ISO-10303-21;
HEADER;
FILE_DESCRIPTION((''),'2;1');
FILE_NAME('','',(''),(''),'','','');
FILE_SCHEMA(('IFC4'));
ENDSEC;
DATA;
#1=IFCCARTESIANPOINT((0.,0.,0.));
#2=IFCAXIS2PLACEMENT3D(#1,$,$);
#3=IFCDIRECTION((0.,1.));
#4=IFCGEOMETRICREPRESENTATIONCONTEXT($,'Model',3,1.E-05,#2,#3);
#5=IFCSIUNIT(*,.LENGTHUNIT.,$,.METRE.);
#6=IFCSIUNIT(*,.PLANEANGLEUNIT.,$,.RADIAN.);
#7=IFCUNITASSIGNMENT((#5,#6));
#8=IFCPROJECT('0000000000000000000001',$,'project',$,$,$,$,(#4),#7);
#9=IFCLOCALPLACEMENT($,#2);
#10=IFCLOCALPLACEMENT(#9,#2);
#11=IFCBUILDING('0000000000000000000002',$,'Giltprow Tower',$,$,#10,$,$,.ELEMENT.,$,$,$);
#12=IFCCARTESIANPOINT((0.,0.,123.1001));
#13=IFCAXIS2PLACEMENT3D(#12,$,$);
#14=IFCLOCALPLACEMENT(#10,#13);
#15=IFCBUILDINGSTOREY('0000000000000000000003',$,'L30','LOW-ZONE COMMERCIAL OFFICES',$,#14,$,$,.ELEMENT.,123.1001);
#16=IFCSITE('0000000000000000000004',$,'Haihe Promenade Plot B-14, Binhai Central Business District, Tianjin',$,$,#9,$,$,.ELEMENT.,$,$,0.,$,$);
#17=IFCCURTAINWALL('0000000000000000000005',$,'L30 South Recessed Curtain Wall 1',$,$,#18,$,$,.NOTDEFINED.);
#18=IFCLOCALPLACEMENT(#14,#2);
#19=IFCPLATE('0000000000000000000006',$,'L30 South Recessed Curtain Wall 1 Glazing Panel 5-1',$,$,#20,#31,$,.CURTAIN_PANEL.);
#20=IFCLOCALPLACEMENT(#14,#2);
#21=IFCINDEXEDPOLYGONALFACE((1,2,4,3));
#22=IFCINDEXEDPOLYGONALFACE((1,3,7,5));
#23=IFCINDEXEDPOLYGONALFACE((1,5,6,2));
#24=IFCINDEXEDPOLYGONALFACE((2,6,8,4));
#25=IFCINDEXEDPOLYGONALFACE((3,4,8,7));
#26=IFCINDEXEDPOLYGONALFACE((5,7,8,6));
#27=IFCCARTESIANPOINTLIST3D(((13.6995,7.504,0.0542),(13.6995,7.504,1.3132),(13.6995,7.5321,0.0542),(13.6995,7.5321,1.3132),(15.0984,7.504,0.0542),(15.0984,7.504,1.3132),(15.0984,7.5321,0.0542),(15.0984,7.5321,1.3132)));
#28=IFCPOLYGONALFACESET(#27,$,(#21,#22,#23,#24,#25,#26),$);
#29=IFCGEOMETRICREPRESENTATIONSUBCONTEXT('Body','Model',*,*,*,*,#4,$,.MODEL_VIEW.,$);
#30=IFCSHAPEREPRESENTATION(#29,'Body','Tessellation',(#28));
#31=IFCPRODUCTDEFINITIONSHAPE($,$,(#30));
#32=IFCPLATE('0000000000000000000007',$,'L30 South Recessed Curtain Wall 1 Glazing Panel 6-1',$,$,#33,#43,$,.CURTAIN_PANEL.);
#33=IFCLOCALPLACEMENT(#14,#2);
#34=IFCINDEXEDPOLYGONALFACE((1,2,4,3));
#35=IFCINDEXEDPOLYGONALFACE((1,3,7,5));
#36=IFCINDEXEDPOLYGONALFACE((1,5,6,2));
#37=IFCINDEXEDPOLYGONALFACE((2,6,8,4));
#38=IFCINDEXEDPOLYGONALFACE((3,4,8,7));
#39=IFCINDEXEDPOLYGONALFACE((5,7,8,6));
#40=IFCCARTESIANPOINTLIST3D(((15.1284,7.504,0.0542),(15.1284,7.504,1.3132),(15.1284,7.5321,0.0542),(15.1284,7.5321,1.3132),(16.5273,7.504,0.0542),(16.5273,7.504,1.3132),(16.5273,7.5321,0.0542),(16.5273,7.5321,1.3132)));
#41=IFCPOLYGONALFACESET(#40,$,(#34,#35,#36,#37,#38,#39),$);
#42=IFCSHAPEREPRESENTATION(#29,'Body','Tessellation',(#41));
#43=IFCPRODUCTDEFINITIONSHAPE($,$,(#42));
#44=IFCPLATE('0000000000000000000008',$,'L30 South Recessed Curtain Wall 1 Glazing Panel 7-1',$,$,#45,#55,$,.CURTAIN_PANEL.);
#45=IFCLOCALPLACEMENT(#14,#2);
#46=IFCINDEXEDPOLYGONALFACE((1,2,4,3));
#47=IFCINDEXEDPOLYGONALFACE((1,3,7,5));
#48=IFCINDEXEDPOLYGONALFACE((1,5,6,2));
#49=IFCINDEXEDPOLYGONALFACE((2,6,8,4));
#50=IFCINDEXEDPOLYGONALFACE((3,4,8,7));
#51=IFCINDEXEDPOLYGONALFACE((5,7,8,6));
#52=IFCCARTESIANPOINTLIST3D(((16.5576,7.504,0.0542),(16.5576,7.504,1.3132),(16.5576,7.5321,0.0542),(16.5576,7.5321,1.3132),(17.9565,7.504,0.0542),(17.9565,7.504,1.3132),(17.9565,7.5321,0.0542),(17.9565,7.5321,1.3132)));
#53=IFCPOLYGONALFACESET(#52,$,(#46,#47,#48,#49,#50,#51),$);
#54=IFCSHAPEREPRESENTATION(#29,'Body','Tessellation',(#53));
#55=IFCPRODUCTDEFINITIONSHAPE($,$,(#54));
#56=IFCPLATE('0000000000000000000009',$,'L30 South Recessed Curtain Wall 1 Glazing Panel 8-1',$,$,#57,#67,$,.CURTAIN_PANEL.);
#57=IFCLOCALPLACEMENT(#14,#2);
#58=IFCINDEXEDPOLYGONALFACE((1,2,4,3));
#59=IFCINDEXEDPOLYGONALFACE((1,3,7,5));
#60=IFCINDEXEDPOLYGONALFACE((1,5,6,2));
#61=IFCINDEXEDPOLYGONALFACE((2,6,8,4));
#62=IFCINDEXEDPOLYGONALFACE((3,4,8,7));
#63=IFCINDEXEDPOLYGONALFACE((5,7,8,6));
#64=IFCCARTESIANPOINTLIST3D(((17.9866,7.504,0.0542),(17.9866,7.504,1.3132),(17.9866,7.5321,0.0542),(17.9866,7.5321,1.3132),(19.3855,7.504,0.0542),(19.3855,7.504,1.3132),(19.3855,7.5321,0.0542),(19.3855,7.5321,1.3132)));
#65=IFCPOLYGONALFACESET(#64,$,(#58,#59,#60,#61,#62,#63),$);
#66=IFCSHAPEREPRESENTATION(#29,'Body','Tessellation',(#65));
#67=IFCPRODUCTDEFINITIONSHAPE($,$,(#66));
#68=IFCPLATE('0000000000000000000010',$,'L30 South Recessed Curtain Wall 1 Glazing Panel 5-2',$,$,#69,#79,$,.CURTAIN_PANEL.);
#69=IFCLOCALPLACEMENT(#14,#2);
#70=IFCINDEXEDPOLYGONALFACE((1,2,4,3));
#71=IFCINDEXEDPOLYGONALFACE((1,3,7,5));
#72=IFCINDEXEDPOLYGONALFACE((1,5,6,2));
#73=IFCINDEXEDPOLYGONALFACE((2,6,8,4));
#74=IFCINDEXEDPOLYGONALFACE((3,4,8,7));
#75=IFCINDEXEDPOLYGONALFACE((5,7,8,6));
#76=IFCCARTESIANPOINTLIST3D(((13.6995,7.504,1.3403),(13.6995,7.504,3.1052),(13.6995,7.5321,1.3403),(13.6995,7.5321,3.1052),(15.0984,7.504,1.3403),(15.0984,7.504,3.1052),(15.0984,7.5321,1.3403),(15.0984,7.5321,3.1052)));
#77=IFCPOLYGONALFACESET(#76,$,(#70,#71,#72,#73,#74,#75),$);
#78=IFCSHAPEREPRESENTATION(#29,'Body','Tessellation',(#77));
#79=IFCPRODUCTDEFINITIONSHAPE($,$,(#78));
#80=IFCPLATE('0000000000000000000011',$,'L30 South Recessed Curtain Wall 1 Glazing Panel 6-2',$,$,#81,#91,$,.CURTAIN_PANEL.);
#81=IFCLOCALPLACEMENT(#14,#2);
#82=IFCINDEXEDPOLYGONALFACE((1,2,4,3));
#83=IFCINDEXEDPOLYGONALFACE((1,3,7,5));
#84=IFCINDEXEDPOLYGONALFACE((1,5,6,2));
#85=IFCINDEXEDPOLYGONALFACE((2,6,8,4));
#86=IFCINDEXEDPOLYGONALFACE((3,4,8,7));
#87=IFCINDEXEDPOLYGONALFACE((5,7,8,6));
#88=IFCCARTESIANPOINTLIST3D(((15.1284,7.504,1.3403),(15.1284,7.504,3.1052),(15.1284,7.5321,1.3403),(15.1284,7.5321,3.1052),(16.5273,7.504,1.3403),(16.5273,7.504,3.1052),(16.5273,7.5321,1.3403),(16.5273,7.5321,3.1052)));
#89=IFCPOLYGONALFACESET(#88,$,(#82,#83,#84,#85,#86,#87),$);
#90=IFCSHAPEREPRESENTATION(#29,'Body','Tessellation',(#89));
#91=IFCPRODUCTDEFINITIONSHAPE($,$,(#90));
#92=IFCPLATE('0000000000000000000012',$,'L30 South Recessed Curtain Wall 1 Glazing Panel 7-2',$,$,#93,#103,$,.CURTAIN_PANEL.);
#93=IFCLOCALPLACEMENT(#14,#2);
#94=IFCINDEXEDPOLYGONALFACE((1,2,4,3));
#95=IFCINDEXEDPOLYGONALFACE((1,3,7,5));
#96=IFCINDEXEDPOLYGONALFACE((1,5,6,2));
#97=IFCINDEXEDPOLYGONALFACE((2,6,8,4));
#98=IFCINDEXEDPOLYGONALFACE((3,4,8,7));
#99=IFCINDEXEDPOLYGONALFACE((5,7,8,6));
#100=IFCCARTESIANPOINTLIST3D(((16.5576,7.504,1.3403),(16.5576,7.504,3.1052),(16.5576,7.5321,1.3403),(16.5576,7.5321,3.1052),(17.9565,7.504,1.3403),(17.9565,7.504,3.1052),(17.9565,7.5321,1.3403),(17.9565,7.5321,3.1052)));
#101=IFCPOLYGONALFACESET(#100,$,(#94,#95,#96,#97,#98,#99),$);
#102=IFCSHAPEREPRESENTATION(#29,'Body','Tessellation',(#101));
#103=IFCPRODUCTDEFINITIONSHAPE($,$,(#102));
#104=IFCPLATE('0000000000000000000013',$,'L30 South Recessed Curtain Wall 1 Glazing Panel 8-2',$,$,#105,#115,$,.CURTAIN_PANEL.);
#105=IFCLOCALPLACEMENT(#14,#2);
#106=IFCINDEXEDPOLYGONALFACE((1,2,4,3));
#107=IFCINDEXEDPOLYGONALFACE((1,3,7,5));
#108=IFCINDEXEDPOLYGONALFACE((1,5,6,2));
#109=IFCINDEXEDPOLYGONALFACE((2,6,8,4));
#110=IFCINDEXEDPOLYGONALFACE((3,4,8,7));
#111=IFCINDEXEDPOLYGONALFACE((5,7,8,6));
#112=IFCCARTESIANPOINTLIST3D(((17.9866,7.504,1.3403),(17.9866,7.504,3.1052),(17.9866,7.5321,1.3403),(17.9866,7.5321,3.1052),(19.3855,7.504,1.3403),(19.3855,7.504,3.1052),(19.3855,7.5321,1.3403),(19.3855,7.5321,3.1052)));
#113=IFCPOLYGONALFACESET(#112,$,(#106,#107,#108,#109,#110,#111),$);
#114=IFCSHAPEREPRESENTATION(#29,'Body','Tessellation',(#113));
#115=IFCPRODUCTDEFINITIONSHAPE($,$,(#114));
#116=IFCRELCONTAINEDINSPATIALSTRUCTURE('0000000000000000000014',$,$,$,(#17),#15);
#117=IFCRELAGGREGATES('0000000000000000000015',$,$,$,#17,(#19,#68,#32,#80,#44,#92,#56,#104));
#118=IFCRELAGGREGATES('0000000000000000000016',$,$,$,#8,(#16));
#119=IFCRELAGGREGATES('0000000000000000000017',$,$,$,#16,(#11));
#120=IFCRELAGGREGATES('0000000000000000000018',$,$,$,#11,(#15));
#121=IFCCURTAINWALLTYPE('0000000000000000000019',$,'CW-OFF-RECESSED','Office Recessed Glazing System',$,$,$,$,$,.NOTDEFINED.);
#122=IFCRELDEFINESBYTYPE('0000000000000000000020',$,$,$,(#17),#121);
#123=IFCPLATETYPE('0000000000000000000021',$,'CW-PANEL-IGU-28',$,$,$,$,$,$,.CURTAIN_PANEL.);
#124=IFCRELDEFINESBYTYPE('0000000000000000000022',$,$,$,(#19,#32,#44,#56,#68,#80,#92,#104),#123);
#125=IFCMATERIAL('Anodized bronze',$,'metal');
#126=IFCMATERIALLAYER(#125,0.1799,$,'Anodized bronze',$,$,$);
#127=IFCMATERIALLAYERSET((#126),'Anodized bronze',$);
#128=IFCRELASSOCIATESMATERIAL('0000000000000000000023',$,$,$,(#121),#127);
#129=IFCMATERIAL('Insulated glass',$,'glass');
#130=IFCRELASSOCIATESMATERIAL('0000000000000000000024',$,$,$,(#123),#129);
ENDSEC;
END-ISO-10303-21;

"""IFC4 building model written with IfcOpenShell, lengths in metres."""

from ifc_helpers import new_model, si_unit, direction, frame, origin, origin_2d, place, context, subcontext, project, spatial, rectangle, extrude, source, transform, mapped, material, layer, layer_set, type_object, element, aggregate, save


model = new_model("IFC4")

# Units and contexts
model_context = context("Model", 3, precision=1e-05, world=origin(), true_north=direction((0.0, 1.0)))
body_context = subcontext(model_context, "Body", "Model", "MODEL_VIEW")
ifc_project = project(units=[si_unit("LENGTHUNIT", "METRE"), si_unit("PLANEANGLEUNIT", "RADIAN")], contexts=[model_context])

# Site, building, storey
site_placement = place(None, origin())
site = spatial("IfcSite", under=ifc_project, at=site_placement, Name="Haihe Promenade Plot B-14, Binhai Central Business District, Tianjin", CompositionType="ELEMENT", RefElevation=0.0)
building_placement = place(site_placement, origin())
building = spatial("IfcBuilding", under=site, at=building_placement, Name="Giltprow Tower", CompositionType="ELEMENT")
storey_placement = place(building_placement, frame((0.0, 0.0, 123.1001)))
storey = spatial("IfcBuildingStorey", under=building, at=storey_placement, Name="L30", Description="LOW-ZONE COMMERCIAL OFFICES", CompositionType="ELEMENT", Elevation=123.1001)

# Curtain wall, plates
ifc_material_1 = material(Name="Anodized bronze", Category="metal")
ifc_layer = layer(ifc_material_1, 0.1799, Name="Anodized bronze")
ifc_layer_set = layer_set([ifc_layer], Name="Anodized bronze")
curtain_wall_type = type_object("IfcCurtainWallType", Name="CW-OFF-RECESSED", Description="Office Recessed Glazing System", PredefinedType="NOTDEFINED", material=ifc_layer_set)
curtain_wall_placement = place(storey_placement, origin())
curtain_wall = element("IfcCurtainWall", 1, at=curtain_wall_placement, inside=storey, type_object=curtain_wall_type, Name="L30 South Recessed Curtain Wall 1", PredefinedType="NOTDEFINED")
ifc_material_2 = material(Name="Insulated glass", Category="glass")
plate_type = type_object("IfcPlateType", Name="CW-PANEL-IGU-28", PredefinedType="CURTAIN_PANEL", material=ifc_material_2)
shared_shape_1 = source(origin(), body_context, "Body", "SweptSolid", [
    extrude(rectangle(XDim=1.3989, YDim=0.0281, at=origin_2d()), origin(), (0.0, 0.0, 1.0), 1.259),
])
plate_1_placement = place(storey_placement, frame((14.3989, 7.5181, 0.0542), z_axis=(0.0, 0.0, 1.0), x_axis=(1.0, 0.0, 0.0)))
plate_1 = element("IfcPlate", 2, at=plate_1_placement, type_object=plate_type, Name="L30 South Recessed Curtain Wall 1 Glazing Panel 5-1", PredefinedType="CURTAIN_PANEL", context=body_context, shape_type="MappedRepresentation", body=[
    mapped(shared_shape_1, transform((0.0, 0.0, 0.0), x_axis=(1.0, 0.0, 0.0), y_axis=(0.0, 1.0, 0.0), z_axis=(0.0, 0.0, 1.0), scale=1.0)),
])
plate_2_placement = place(storey_placement, frame((15.8279, 7.5181, 0.0542), z_axis=(0.0, 0.0, 1.0), x_axis=(1.0, 0.0, 0.0)))
plate_2 = element("IfcPlate", 3, at=plate_2_placement, type_object=plate_type, Name="L30 South Recessed Curtain Wall 1 Glazing Panel 6-1", PredefinedType="CURTAIN_PANEL", context=body_context, shape_type="MappedRepresentation", body=[
    mapped(shared_shape_1, transform((0.0, 0.0, 0.0), x_axis=(1.0, 0.0, 0.0), y_axis=(0.0, 1.0, 0.0), z_axis=(0.0, 0.0, 1.0), scale=1.0)),
])
plate_3_placement = place(storey_placement, frame((17.2571, 7.5181, 0.0542), z_axis=(0.0, 0.0, 1.0), x_axis=(1.0, 0.0, 0.0)))
plate_3 = element("IfcPlate", 4, at=plate_3_placement, type_object=plate_type, Name="L30 South Recessed Curtain Wall 1 Glazing Panel 7-1", PredefinedType="CURTAIN_PANEL", context=body_context, shape_type="MappedRepresentation", body=[
    mapped(shared_shape_1, transform((0.0, 0.0, 0.0), x_axis=(1.0, 0.0, 0.0), y_axis=(0.0, 1.0, 0.0), z_axis=(0.0, 0.0, 1.0), scale=1.0)),
])
plate_4_placement = place(storey_placement, frame((18.686, 7.5181, 0.0542), z_axis=(0.0, 0.0, 1.0), x_axis=(1.0, 0.0, 0.0)))
plate_4 = element("IfcPlate", 5, at=plate_4_placement, type_object=plate_type, Name="L30 South Recessed Curtain Wall 1 Glazing Panel 8-1", PredefinedType="CURTAIN_PANEL", context=body_context, shape_type="MappedRepresentation", body=[
    mapped(shared_shape_1, transform((0.0, 0.0, 0.0), x_axis=(1.0, 0.0, 0.0), y_axis=(0.0, 1.0, 0.0), z_axis=(0.0, 0.0, 1.0), scale=1.0)),
])
shared_shape_2 = source(origin(), body_context, "Body", "SweptSolid", [
    extrude(rectangle(XDim=1.3989, YDim=0.0281, at=origin_2d()), origin(), (0.0, 0.0, 1.0), 1.7649),
])
plate_5_placement = place(storey_placement, frame((14.3989, 7.5181, 1.3403), z_axis=(0.0, 0.0, 1.0), x_axis=(1.0, 0.0, 0.0)))
plate_5 = element("IfcPlate", 6, at=plate_5_placement, type_object=plate_type, Name="L30 South Recessed Curtain Wall 1 Glazing Panel 5-2", PredefinedType="CURTAIN_PANEL", context=body_context, shape_type="MappedRepresentation", body=[
    mapped(shared_shape_2, transform((0.0, 0.0, 0.0), x_axis=(1.0, 0.0, 0.0), y_axis=(0.0, 1.0, 0.0), z_axis=(0.0, 0.0, 1.0), scale=1.0)),
])
plate_6_placement = place(storey_placement, frame((15.8279, 7.5181, 1.3403), z_axis=(0.0, 0.0, 1.0), x_axis=(1.0, 0.0, 0.0)))
plate_6 = element("IfcPlate", 7, at=plate_6_placement, type_object=plate_type, Name="L30 South Recessed Curtain Wall 1 Glazing Panel 6-2", PredefinedType="CURTAIN_PANEL", context=body_context, shape_type="MappedRepresentation", body=[
    mapped(shared_shape_2, transform((0.0, 0.0, 0.0), x_axis=(1.0, 0.0, 0.0), y_axis=(0.0, 1.0, 0.0), z_axis=(0.0, 0.0, 1.0), scale=1.0)),
])
plate_7_placement = place(storey_placement, frame((17.2571, 7.5181, 1.3403), z_axis=(0.0, 0.0, 1.0), x_axis=(1.0, 0.0, 0.0)))
plate_7 = element("IfcPlate", 8, at=plate_7_placement, type_object=plate_type, Name="L30 South Recessed Curtain Wall 1 Glazing Panel 7-2", PredefinedType="CURTAIN_PANEL", context=body_context, shape_type="MappedRepresentation", body=[
    mapped(shared_shape_2, transform((0.0, 0.0, 0.0), x_axis=(1.0, 0.0, 0.0), y_axis=(0.0, 1.0, 0.0), z_axis=(0.0, 0.0, 1.0), scale=1.0)),
])
plate_8_placement = place(storey_placement, frame((18.686, 7.5181, 1.3403), z_axis=(0.0, 0.0, 1.0), x_axis=(1.0, 0.0, 0.0)))
plate_8 = element("IfcPlate", 9, at=plate_8_placement, type_object=plate_type, Name="L30 South Recessed Curtain Wall 1 Glazing Panel 8-2", PredefinedType="CURTAIN_PANEL", context=body_context, shape_type="MappedRepresentation", body=[
    mapped(shared_shape_2, transform((0.0, 0.0, 0.0), x_axis=(1.0, 0.0, 0.0), y_axis=(0.0, 1.0, 0.0), z_axis=(0.0, 0.0, 1.0), scale=1.0)),
])
aggregate(curtain_wall, [plate_1, plate_5, plate_2, plate_6, plate_3, plate_7, plate_4, plate_8])

save(model, "model.ifc")
